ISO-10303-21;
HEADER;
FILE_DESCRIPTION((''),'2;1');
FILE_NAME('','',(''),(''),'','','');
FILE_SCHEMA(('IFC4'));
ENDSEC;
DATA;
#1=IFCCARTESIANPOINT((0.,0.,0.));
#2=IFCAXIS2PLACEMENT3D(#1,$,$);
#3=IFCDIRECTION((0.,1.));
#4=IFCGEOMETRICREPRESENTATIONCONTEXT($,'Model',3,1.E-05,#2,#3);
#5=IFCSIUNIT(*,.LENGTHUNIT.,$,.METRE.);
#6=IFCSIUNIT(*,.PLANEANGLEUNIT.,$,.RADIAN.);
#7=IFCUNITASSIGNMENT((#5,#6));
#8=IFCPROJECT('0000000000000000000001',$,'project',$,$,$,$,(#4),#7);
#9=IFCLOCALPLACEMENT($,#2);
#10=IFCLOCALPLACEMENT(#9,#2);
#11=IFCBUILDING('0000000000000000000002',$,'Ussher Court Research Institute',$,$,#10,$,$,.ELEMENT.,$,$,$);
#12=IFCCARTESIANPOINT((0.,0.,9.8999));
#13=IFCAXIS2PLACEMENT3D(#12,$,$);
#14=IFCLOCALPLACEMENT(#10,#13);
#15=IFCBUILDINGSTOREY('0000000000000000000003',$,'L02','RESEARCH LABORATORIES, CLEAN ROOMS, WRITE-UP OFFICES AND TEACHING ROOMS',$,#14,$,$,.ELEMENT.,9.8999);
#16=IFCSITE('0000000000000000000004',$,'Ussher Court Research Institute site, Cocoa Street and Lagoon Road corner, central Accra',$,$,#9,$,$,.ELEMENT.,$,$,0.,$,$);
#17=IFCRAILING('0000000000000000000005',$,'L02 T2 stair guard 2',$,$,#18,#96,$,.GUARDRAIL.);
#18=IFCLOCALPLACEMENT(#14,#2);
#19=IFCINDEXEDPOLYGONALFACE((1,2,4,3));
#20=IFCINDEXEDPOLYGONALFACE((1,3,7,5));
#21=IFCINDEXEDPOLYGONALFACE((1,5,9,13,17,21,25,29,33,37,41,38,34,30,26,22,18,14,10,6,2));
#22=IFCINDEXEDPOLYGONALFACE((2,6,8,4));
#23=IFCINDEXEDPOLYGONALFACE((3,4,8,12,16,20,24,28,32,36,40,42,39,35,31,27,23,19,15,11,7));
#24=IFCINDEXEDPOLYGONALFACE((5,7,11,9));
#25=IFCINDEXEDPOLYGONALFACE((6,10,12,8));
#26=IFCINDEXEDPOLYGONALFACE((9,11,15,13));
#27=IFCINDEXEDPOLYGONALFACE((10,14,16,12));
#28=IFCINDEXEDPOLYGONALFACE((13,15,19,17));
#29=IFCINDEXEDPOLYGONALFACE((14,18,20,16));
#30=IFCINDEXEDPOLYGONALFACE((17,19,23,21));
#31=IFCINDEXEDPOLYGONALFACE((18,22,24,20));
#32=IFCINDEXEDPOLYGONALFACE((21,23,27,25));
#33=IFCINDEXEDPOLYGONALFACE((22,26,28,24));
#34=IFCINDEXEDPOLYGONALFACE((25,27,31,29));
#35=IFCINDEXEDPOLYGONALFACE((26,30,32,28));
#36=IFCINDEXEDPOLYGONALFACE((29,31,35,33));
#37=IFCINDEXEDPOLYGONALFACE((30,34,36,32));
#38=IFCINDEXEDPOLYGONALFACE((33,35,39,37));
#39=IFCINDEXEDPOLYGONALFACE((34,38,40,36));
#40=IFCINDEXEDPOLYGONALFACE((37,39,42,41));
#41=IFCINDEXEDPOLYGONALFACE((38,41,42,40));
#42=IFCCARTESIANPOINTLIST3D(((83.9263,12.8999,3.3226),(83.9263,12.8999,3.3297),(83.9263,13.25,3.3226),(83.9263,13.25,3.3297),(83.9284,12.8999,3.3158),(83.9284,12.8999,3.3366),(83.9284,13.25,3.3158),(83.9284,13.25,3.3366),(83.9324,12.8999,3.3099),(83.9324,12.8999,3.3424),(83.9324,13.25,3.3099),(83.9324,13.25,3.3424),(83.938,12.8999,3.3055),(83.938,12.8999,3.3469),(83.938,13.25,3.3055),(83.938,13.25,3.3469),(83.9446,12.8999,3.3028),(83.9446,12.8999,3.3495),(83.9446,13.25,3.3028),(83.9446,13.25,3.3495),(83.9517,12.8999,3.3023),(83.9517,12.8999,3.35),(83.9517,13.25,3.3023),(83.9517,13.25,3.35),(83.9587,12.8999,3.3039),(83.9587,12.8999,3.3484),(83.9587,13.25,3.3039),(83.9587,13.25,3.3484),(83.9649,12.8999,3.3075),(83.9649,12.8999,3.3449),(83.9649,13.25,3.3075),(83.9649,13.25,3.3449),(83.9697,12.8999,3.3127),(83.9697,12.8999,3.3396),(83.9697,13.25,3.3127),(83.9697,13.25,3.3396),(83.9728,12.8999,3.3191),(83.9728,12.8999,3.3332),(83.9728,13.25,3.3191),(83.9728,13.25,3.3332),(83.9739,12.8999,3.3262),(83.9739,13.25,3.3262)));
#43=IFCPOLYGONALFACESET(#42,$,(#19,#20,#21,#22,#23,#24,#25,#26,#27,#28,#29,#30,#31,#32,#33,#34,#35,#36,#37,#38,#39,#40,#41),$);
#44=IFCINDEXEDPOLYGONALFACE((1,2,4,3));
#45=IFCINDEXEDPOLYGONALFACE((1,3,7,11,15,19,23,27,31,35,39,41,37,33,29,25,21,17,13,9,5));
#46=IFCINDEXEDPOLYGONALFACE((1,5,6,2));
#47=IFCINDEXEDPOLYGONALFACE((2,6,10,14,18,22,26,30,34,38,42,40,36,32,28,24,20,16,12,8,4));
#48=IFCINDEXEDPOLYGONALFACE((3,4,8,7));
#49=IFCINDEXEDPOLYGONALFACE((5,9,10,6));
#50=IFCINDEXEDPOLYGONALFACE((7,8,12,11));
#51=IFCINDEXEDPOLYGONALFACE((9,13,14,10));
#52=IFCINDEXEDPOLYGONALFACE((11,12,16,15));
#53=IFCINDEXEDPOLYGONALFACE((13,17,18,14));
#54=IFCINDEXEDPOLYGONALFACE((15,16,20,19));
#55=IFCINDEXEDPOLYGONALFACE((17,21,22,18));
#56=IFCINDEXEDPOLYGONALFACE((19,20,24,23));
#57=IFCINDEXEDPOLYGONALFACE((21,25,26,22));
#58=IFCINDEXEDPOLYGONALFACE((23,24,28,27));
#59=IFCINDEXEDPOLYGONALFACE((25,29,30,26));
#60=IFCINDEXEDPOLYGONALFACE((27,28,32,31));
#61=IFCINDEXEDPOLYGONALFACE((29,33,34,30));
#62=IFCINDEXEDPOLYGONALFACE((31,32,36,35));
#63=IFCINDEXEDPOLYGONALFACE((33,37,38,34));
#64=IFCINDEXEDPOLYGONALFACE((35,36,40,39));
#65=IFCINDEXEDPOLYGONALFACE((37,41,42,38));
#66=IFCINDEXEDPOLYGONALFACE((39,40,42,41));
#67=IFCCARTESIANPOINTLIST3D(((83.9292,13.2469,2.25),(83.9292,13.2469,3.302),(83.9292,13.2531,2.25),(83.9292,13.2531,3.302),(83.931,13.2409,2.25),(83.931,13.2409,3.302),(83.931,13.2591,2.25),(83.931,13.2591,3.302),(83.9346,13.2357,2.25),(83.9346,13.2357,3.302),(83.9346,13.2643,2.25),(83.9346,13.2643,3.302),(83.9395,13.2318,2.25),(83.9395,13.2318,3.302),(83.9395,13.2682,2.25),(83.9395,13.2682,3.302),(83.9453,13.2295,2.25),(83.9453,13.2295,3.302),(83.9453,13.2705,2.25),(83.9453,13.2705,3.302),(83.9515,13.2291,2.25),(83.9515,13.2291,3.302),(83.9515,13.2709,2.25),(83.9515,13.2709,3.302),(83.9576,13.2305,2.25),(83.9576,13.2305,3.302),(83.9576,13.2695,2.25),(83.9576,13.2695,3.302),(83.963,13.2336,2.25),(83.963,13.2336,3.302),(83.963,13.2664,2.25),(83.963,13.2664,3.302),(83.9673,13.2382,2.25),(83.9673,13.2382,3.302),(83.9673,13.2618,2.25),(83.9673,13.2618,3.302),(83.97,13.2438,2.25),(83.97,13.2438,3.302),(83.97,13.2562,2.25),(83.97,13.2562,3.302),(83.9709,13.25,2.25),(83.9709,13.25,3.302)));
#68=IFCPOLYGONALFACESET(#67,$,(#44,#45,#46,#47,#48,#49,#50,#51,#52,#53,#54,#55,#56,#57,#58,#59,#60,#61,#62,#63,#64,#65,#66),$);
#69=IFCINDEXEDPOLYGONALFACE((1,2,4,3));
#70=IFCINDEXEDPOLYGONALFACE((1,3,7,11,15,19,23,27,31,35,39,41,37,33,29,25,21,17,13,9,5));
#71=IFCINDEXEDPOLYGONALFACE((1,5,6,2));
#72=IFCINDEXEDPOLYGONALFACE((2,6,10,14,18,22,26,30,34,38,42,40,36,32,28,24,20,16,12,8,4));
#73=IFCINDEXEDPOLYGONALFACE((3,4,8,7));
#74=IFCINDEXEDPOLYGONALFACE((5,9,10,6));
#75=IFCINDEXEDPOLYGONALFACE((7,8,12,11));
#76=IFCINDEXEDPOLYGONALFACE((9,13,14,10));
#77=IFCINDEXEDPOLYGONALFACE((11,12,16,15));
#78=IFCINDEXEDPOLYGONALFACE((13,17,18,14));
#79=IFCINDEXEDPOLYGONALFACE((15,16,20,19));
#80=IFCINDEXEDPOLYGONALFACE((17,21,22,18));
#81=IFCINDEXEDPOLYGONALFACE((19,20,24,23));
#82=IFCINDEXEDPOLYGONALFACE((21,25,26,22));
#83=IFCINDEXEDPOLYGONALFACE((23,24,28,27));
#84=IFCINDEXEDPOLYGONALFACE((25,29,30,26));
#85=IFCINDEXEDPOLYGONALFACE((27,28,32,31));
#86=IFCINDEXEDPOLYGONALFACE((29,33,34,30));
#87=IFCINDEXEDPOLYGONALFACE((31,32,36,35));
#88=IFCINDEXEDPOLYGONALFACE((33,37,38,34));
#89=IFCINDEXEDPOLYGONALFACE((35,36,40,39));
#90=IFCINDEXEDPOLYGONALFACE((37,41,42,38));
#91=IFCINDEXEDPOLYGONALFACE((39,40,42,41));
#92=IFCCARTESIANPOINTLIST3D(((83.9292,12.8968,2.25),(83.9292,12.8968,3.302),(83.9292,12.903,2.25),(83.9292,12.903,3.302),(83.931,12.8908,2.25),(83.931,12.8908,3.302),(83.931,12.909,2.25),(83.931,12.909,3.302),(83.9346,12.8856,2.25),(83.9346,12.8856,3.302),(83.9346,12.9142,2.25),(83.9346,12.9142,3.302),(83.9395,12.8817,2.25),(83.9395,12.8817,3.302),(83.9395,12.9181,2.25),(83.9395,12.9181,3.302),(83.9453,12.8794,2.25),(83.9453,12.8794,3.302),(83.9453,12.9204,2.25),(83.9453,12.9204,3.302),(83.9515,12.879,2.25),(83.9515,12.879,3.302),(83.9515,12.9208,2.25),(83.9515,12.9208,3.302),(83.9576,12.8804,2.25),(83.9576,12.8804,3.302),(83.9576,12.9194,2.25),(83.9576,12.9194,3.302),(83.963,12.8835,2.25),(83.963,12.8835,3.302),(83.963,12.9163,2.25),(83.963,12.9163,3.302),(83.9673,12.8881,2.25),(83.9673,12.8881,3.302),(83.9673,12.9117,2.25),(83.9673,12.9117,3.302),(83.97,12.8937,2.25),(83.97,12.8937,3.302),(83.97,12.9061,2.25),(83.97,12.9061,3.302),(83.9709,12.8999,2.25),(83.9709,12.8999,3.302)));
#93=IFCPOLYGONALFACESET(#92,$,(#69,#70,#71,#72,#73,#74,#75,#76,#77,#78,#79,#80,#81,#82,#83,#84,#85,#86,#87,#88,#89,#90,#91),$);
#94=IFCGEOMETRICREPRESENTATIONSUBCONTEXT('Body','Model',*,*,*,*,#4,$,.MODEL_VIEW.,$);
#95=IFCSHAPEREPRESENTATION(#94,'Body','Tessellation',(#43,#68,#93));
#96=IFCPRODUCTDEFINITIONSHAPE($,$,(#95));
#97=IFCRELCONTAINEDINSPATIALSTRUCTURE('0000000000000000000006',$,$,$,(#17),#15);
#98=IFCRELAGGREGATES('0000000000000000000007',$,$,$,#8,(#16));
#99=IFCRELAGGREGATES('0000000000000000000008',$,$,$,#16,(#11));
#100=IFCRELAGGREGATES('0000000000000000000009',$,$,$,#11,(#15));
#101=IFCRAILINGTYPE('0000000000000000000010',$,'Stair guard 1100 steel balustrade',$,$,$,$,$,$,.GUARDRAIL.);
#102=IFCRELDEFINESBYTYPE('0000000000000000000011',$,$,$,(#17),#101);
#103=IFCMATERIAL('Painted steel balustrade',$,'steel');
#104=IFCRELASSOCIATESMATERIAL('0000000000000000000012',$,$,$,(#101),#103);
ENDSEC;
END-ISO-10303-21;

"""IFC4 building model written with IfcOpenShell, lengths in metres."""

from ifc_helpers import new_model, si_unit, direction, frame, origin, origin_2d, place, context, subcontext, project, spatial, circle, extrude, material, type_object, element, save


model = new_model("IFC4")

# Units and contexts
model_context = context("Model", 3, precision=1e-05, world=origin(), true_north=direction((0.0, 1.0)))
body_context = subcontext(model_context, "Body", "Model", "MODEL_VIEW")
ifc_project = project(units=[si_unit("LENGTHUNIT", "METRE"), si_unit("PLANEANGLEUNIT", "RADIAN")], contexts=[model_context])

# Site, building, storey
site_placement = place(None, origin())
site = spatial("IfcSite", under=ifc_project, at=site_placement, Name="Ussher Court Research Institute site, Cocoa Street and Lagoon Road corner, central Accra", CompositionType="ELEMENT", RefElevation=0.0)
building_placement = place(site_placement, origin())
building = spatial("IfcBuilding", under=site, at=building_placement, Name="Ussher Court Research Institute", CompositionType="ELEMENT")
storey_placement = place(building_placement, frame((0.0, 0.0, 9.8999)))
storey = spatial("IfcBuildingStorey", under=building, at=storey_placement, Name="L02", Description="RESEARCH LABORATORIES, CLEAN ROOMS, WRITE-UP OFFICES AND TEACHING ROOMS", CompositionType="ELEMENT", Elevation=9.8999)

# Railing
ifc_material_1 = material(Name="Painted steel balustrade", Category="steel")
railing_type_1 = type_object("IfcRailingType", Name="Stair guard 1100 steel balustrade", PredefinedType="GUARDRAIL", material=ifc_material_1)
railing_1_placement = place(storey_placement, frame((83.95, 13.25, 2.25)))
element("IfcRailing", 1, at=railing_1_placement, inside=storey, type_object=railing_type_1, Name="L02 T2 stair guard 2", PredefinedType="GUARDRAIL", context=body_context, shape_type="SweptSolid", body=[
    extrude(circle(Radius=0.0239, at=origin_2d()), frame((0.0, 0.0, 1.0762), z_axis=(0.0, -1.0, 0.0), x_axis=(1.0, 0.0, 0.0)), (0.0, 0.0, 1.0), 0.3501),
    extrude(circle(Radius=0.021, at=origin_2d()), origin(), (0.0, 0.0, 1.0), 1.052),
    extrude(circle(Radius=0.021, at=origin_2d()), frame((0.0, -0.3501, 0.0)), (0.0, 0.0, 1.0), 1.052),
])

save(model, "model.ifc")
